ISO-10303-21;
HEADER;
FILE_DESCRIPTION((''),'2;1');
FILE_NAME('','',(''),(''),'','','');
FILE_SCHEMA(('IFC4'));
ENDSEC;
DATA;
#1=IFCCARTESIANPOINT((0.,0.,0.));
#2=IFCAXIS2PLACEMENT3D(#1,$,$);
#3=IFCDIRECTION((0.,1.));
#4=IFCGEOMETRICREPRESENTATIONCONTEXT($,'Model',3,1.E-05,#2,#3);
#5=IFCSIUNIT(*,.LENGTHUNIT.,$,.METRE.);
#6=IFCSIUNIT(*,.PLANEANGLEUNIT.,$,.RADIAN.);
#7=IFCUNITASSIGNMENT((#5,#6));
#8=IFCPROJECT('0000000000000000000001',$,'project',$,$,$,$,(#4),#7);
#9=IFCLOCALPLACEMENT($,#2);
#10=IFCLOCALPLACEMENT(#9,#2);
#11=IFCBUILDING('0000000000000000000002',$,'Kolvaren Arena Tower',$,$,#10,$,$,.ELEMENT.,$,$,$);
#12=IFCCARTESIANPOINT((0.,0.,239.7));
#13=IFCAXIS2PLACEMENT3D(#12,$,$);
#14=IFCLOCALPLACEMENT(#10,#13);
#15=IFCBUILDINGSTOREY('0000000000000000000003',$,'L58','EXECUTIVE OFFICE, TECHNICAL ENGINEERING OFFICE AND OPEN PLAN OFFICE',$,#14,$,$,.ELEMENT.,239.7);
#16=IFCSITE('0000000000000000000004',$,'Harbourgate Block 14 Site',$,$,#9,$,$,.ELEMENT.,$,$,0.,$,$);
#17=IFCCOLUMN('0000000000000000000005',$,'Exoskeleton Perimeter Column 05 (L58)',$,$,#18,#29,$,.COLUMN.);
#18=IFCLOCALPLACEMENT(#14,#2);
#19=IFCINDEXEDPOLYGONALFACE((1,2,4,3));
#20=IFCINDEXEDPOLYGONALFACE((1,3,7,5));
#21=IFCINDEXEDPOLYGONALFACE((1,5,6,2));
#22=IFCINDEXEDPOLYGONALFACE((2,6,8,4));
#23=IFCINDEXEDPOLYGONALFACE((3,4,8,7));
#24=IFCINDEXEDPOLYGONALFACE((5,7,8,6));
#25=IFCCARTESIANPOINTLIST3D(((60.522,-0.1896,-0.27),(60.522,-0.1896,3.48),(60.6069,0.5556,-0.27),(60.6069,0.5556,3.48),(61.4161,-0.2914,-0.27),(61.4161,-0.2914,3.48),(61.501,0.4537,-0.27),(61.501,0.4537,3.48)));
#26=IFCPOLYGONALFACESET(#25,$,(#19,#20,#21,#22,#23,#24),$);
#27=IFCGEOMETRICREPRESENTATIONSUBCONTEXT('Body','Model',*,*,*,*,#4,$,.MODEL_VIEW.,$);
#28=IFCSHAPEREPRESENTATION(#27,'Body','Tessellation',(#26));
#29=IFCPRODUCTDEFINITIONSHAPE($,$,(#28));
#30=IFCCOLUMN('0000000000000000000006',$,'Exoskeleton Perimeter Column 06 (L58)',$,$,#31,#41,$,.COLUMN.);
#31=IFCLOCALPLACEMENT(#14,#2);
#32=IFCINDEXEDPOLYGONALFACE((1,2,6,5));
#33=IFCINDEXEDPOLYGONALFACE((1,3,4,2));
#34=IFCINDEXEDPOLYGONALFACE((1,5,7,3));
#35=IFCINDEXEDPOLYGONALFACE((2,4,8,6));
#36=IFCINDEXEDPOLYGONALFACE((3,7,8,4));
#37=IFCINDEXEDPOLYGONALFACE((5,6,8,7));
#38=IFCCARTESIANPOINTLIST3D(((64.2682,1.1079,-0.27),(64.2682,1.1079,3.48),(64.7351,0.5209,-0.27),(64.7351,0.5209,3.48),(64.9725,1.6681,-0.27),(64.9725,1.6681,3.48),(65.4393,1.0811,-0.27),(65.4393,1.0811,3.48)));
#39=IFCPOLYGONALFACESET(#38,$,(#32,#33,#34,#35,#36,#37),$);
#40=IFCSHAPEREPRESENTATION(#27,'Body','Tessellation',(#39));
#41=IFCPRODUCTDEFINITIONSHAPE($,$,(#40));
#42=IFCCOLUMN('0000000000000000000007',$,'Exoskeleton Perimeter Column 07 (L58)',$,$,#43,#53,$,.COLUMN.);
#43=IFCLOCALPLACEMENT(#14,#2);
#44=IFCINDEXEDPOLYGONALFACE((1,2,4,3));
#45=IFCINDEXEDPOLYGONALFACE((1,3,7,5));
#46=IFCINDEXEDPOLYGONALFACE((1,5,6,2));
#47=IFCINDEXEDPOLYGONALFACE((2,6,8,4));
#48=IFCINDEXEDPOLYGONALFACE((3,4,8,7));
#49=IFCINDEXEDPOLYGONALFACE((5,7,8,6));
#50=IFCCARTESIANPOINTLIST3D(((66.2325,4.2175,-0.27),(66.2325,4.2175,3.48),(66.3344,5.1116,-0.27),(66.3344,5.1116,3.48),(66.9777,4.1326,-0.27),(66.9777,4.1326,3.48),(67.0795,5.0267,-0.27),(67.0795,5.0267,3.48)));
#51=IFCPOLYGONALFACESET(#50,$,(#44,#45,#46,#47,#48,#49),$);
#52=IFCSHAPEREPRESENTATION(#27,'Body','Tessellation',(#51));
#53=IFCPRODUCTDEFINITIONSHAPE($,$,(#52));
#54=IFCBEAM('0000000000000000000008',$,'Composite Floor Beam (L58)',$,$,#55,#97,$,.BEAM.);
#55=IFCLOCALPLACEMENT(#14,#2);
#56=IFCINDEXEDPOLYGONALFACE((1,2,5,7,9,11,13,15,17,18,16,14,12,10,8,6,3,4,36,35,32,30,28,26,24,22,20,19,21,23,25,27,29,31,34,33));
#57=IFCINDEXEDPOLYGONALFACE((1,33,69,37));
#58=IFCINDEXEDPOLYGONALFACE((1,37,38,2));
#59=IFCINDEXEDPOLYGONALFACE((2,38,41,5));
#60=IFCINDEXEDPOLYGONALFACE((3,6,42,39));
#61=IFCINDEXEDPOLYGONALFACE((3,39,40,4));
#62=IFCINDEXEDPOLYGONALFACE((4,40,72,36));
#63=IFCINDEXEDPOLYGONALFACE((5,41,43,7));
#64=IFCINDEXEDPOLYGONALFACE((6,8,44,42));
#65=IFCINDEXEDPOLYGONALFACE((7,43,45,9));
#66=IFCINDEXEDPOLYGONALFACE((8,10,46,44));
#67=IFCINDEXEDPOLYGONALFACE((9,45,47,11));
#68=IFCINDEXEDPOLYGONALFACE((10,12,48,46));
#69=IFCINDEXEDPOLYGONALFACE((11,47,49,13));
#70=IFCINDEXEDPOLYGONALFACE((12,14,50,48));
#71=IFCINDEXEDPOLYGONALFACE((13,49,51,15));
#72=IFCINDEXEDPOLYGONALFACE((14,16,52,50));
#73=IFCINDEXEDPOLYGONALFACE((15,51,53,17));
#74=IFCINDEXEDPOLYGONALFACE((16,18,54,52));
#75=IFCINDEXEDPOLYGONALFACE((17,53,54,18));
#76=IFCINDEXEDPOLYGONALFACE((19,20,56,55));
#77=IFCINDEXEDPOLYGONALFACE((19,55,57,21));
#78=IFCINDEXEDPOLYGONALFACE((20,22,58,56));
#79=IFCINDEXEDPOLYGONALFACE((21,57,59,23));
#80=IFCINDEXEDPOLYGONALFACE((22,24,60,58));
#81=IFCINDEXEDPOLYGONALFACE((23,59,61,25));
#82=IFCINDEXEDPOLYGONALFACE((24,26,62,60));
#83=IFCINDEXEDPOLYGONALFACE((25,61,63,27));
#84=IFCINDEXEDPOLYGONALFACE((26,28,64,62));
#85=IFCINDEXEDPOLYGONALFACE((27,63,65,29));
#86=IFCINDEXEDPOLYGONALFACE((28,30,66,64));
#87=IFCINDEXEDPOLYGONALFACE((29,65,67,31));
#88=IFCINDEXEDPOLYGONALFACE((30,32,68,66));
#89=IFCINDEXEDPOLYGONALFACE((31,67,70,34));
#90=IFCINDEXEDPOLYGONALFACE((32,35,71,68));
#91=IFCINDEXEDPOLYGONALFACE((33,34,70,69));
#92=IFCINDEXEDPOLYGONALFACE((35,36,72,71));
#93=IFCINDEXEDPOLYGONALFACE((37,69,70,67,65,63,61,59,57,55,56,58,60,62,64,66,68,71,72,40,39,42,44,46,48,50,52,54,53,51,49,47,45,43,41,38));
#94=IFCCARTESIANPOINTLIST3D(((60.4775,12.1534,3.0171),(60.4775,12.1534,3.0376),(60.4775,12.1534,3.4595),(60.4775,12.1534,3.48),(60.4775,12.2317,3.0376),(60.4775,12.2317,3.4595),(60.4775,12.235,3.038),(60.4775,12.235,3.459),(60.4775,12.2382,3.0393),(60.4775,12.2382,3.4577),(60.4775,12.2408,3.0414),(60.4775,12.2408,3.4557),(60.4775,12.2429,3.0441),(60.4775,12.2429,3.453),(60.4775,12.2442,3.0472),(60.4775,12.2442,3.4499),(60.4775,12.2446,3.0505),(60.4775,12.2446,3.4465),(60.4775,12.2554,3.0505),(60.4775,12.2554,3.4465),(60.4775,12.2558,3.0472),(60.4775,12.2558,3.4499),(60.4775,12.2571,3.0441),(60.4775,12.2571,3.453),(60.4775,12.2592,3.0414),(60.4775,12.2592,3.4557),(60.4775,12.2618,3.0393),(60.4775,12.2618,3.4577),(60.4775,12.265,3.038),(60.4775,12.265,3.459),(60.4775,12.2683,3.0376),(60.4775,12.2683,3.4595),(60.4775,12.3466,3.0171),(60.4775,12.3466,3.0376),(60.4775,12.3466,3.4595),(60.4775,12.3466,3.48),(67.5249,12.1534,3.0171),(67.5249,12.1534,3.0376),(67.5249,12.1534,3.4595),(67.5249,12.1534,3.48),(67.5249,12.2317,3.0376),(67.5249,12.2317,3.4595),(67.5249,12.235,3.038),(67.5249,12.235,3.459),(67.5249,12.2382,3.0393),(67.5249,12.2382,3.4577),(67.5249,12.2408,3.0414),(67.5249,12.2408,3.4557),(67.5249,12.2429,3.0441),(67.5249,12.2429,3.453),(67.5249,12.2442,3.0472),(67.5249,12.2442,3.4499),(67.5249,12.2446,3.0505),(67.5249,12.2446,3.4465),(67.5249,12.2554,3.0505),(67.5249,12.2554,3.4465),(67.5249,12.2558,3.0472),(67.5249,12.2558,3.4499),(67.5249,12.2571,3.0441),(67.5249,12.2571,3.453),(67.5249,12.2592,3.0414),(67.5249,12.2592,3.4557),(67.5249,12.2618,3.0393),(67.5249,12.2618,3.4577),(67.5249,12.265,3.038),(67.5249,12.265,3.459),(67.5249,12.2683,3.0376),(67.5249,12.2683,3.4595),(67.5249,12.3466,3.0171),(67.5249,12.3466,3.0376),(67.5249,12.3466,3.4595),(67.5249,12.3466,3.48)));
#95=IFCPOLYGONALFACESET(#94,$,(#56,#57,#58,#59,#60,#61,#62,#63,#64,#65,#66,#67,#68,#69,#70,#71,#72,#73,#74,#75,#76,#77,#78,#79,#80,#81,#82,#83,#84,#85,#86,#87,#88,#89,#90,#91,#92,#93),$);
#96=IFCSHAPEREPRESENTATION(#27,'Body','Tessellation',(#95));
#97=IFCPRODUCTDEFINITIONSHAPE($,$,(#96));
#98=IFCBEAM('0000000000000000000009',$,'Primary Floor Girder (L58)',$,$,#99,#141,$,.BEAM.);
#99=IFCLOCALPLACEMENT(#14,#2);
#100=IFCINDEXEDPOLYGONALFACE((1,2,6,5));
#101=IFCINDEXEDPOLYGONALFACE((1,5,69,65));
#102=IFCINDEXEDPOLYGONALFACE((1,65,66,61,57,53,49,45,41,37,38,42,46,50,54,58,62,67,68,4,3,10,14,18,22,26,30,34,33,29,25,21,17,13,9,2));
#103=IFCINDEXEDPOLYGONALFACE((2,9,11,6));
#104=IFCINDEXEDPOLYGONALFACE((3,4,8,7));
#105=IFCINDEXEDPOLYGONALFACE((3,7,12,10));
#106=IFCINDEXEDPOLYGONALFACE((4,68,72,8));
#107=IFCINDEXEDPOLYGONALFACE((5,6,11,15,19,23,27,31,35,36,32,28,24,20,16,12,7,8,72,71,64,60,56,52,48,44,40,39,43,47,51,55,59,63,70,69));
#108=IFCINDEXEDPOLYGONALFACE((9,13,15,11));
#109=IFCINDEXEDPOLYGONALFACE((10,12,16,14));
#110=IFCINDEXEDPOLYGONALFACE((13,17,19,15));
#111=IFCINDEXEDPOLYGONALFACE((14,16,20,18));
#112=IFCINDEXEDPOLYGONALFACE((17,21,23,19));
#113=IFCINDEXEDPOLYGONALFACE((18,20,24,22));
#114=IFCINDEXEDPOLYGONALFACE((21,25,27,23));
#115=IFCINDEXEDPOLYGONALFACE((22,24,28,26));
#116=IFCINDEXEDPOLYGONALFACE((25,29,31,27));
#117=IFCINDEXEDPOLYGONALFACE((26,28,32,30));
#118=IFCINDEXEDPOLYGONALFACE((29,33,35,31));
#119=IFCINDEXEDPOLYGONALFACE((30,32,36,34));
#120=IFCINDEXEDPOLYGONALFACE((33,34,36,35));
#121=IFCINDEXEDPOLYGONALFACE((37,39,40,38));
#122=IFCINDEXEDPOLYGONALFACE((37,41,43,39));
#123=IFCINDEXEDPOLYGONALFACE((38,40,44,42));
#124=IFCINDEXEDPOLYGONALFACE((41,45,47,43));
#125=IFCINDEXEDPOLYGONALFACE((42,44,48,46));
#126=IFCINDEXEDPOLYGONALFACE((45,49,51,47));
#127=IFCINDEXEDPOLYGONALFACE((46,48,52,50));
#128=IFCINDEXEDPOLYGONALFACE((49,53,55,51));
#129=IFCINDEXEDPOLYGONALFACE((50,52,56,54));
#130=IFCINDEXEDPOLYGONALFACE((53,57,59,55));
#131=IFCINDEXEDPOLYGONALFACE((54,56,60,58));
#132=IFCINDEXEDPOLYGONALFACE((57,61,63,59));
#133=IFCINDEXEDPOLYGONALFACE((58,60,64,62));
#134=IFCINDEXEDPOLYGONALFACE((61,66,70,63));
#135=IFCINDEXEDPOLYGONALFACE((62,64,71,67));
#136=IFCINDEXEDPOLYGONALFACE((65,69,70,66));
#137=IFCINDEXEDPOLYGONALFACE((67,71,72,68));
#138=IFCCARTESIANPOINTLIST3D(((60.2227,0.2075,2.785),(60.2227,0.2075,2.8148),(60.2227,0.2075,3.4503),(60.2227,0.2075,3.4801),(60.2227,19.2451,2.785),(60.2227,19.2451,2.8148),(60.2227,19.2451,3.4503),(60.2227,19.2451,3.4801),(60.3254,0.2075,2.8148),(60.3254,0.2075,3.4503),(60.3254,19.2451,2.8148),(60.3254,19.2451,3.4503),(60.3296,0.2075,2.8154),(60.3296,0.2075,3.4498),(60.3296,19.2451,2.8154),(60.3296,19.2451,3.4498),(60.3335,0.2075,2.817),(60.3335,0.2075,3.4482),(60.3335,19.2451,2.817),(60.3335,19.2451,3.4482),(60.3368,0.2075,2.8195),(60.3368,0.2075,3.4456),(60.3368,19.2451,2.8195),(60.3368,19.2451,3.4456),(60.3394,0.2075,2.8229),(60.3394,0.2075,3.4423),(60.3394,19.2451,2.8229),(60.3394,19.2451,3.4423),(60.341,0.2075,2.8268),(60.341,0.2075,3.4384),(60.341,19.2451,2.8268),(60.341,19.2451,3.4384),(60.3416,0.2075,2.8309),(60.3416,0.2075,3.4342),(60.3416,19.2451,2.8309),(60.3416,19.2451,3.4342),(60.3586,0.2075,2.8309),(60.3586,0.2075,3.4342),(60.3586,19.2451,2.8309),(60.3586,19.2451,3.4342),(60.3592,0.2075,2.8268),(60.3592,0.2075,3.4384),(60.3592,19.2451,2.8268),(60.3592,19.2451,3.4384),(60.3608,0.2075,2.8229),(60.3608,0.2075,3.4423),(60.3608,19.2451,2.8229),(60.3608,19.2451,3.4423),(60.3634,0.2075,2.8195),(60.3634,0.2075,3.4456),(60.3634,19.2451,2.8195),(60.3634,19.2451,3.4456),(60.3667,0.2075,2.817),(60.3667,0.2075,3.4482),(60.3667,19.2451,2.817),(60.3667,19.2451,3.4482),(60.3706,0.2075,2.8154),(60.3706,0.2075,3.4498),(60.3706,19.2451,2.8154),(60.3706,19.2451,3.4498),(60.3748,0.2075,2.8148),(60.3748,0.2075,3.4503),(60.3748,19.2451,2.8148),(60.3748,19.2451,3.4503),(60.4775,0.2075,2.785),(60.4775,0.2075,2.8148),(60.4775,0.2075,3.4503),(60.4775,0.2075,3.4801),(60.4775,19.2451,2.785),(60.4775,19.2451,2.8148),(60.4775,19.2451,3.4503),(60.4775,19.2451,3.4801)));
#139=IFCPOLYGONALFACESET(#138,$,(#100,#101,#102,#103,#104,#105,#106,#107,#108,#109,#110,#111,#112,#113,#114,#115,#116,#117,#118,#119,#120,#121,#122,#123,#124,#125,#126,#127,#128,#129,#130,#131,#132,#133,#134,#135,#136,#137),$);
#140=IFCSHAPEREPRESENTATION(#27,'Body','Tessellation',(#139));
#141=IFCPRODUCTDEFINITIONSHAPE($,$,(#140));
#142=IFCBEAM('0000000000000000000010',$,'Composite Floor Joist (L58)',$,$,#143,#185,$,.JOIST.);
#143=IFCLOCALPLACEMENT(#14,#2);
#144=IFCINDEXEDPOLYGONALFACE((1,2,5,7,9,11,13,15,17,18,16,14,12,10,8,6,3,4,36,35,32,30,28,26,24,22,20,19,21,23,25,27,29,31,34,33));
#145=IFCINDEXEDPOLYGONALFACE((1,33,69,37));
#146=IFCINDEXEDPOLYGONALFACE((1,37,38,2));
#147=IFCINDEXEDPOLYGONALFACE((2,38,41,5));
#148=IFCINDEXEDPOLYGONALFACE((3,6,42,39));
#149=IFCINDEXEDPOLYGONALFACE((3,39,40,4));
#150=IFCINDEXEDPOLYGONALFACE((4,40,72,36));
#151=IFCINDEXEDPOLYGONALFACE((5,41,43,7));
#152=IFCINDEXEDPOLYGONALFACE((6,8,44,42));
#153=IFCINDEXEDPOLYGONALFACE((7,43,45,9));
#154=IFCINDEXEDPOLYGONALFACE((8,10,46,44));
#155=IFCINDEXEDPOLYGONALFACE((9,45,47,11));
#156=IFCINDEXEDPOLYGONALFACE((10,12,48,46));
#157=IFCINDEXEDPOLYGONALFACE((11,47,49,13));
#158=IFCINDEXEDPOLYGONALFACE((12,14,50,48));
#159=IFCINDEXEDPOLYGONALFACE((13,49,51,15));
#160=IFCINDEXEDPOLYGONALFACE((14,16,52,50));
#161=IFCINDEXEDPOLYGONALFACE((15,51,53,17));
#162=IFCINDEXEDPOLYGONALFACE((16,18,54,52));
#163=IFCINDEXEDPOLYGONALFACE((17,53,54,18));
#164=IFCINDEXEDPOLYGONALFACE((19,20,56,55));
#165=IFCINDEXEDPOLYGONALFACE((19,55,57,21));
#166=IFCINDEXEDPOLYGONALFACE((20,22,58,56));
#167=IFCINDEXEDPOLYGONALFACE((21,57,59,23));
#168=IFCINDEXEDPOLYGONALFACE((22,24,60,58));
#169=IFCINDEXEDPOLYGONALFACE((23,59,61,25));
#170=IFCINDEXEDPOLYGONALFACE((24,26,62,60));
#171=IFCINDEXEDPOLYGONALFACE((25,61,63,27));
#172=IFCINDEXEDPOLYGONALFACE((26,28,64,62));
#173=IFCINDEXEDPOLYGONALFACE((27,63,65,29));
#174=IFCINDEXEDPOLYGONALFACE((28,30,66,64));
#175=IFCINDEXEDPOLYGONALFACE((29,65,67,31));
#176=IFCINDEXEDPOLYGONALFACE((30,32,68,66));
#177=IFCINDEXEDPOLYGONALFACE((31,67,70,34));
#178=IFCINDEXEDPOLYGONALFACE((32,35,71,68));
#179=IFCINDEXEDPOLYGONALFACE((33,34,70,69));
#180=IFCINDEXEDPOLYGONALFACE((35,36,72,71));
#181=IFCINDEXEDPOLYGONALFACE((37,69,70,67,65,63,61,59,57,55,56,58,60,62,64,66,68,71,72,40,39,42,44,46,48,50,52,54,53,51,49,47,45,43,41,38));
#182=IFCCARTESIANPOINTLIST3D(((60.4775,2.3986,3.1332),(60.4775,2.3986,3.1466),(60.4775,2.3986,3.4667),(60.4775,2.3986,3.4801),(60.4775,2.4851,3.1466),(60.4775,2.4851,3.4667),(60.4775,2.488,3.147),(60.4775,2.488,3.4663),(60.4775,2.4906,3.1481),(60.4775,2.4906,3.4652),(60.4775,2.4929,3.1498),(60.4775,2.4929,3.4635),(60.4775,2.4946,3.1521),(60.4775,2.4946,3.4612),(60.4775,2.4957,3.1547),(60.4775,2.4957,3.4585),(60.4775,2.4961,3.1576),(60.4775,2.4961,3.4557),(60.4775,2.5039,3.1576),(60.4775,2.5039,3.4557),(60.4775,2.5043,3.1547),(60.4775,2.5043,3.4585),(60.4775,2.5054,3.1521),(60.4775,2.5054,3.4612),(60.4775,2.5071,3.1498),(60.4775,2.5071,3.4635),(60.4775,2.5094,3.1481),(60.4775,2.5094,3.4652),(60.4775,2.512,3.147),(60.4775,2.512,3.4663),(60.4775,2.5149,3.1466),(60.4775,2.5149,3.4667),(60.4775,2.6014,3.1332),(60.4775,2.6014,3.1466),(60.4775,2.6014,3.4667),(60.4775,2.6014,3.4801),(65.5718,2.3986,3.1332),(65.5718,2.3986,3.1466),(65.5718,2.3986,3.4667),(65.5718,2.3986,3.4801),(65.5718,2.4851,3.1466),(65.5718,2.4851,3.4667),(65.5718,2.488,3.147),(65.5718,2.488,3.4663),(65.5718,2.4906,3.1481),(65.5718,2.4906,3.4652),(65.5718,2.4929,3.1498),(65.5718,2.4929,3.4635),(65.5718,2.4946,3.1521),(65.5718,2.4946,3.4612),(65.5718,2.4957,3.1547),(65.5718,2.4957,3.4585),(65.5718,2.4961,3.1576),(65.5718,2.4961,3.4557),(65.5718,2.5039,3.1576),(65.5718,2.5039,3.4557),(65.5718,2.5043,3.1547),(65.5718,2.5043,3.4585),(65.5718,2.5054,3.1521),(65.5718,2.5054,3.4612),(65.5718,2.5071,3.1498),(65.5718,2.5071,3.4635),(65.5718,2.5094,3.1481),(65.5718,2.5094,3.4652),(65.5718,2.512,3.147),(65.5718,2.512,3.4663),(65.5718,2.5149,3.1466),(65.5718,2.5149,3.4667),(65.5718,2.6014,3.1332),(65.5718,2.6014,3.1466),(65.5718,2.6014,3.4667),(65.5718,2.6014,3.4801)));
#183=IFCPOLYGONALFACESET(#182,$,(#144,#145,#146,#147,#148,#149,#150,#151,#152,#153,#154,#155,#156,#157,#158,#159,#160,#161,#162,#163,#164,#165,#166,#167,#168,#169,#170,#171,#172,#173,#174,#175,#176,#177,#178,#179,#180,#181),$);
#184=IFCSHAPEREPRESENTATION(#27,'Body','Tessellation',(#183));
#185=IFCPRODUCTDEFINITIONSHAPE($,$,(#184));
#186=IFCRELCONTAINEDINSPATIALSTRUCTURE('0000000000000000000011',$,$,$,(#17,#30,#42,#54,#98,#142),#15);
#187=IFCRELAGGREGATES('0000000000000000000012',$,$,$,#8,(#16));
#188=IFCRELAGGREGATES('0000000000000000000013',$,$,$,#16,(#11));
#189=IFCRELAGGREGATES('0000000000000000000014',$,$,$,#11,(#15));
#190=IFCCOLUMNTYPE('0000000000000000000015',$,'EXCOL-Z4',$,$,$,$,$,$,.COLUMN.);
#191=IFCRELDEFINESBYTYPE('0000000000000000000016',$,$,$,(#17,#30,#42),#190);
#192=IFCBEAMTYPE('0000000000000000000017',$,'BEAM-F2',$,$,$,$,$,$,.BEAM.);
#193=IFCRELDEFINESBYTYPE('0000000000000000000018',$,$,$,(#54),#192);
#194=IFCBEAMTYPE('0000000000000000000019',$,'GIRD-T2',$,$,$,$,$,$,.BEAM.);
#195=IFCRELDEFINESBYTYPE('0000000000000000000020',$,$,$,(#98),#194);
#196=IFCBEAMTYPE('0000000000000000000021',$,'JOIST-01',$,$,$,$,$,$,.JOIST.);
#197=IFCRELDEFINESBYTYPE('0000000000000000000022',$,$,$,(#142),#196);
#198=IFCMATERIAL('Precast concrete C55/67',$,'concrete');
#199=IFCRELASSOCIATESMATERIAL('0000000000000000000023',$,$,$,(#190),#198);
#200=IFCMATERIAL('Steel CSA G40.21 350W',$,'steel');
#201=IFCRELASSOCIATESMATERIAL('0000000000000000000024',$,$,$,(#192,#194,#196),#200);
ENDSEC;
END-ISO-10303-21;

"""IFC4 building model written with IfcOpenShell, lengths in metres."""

from ifc_helpers import new_model, si_unit, direction, frame, origin, origin_2d, place, context, subcontext, project, spatial, rectangle, i_section, extrude, material, material_profile, profile_set, type_object, element, save


model = new_model("IFC4")

# Units and contexts
model_context = context("Model", 3, precision=1e-05, world=origin(), true_north=direction((0.0, 1.0)))
body_context = subcontext(model_context, "Body", "Model", "MODEL_VIEW")
ifc_project = project(units=[si_unit("LENGTHUNIT", "METRE"), si_unit("PLANEANGLEUNIT", "RADIAN")], contexts=[model_context])

# Site, building, storey
site_placement = place(None, origin())
site = spatial("IfcSite", under=ifc_project, at=site_placement, Name="Harbourgate Block 14 Site", CompositionType="ELEMENT", RefElevation=0.0)
building_placement = place(site_placement, origin())
building = spatial("IfcBuilding", under=site, at=building_placement, Name="Kolvaren Arena Tower", CompositionType="ELEMENT")
storey_placement = place(building_placement, frame((0.0, 0.0, 239.7)))
storey = spatial("IfcBuildingStorey", under=building, at=storey_placement, Name="L58", Description="EXECUTIVE OFFICE, TECHNICAL ENGINEERING OFFICE AND OPEN PLAN OFFICE", CompositionType="ELEMENT", Elevation=239.7)

# Columns
ifc_material_1 = material(Name="Precast concrete C55/67", Category="concrete")
ifc_material_profile_1 = material_profile(ifc_material_1, rectangle(XDim=0.8999, YDim=0.75, at=origin_2d()), Name="RC-900x750")
ifc_profile_set_1 = profile_set([ifc_material_profile_1], Name="Precast concrete C55/67")
column_type = type_object("IfcColumnType", Name="EXCOL-Z4", PredefinedType="COLUMN", material=ifc_profile_set_1)
for number, where, z_axis, x_axis, name in (
    (1, (61.0115, 0.1321, -0.27), (0.0, 0.0, 1.0), (0.993572, -0.113203, 0.0), "Exoskeleton Perimeter Column 05 (L58)"),
    (2, (64.8538, 1.0945, -0.27), (0.0, 0.0, 1.0), (0.782608, 0.622515, 0.0), "Exoskeleton Perimeter Column 06 (L58)"),
    (3, (66.656, 4.6221, -0.27), (0.0, 0.0, 1.0), (0.113203, 0.993572, 0.0), "Exoskeleton Perimeter Column 07 (L58)"),
):
    element("IfcColumn", number, at=place(storey_placement, frame(where, z_axis=z_axis, x_axis=x_axis)), inside=storey, type_object=column_type, Name=name, PredefinedType="COLUMN", context=body_context, shape_type="SweptSolid", body=[
        extrude(rectangle(XDim=0.8999, YDim=0.75, at=origin_2d()), origin(), (0.0, 0.0, 1.0), 3.75),
    ])

# Beams
ifc_material_2 = material(Name="Steel CSA G40.21 350W", Category="steel")
ifc_material_profile_2 = material_profile(ifc_material_2, i_section(OverallWidth=0.1931, OverallDepth=0.4629, WebThickness=0.0107, FlangeThickness=0.0205, FilletRadius=0.0129, at=origin_2d()), Name="W460x113")
ifc_profile_set_2 = profile_set([ifc_material_profile_2], Name="Steel CSA G40.21 350W")
beam_type_1 = type_object("IfcBeamType", Name="BEAM-F2", PredefinedType="BEAM", material=ifc_profile_set_2)
beam_1_placement = place(storey_placement, frame((60.4775, 12.25, 3.2485), z_axis=(1.0, 0.0, 0.0), x_axis=(0.0, 1.0, 0.0)))
element("IfcBeam", 4, at=beam_1_placement, inside=storey, type_object=beam_type_1, Name="Composite Floor Beam (L58)", PredefinedType="BEAM", context=body_context, shape_type="SweptSolid", body=[
    extrude(i_section(OverallWidth=0.1931, OverallDepth=0.4629, WebThickness=0.0107, FlangeThickness=0.0205, FilletRadius=0.0129, at=origin_2d()), origin(), (0.0, 0.0, 1.0), 7.0474),
])
ifc_material_profile_3 = material_profile(ifc_material_2, i_section(OverallWidth=0.2549, OverallDepth=0.6951, WebThickness=0.0171, FlangeThickness=0.0298, FilletRadius=0.0161, at=origin_2d()), Name="W690x217")
ifc_profile_set_3 = profile_set([ifc_material_profile_3], Name="Steel CSA G40.21 350W")
beam_type_2 = type_object("IfcBeamType", Name="GIRD-T2", PredefinedType="BEAM", material=ifc_profile_set_3)
beam_2_placement = place(storey_placement, frame((60.3501, 0.2075, 3.1326), z_axis=(0.0, 1.0, 0.0), x_axis=(-1.0, 0.0, 0.0)))
element("IfcBeam", 5, at=beam_2_placement, inside=storey, type_object=beam_type_2, Name="Primary Floor Girder (L58)", PredefinedType="BEAM", context=body_context, shape_type="SweptSolid", body=[
    extrude(i_section(OverallWidth=0.2549, OverallDepth=0.6951, WebThickness=0.0171, FlangeThickness=0.0298, FilletRadius=0.0161, at=origin_2d()), origin(), (0.0, 0.0, 1.0), 19.0376),
])
ifc_material_profile_4 = material_profile(ifc_material_2, i_section(OverallWidth=0.2029, OverallDepth=0.3469, WebThickness=0.0078, FlangeThickness=0.0134, FilletRadius=0.011, at=origin_2d()), Name="W360x64")
ifc_profile_set_4 = profile_set([ifc_material_profile_4], Name="Steel CSA G40.21 350W")
beam_type_3 = type_object("IfcBeamType", Name="JOIST-01", PredefinedType="JOIST", material=ifc_profile_set_4)
beam_3_placement = place(storey_placement, frame((60.4775, 2.5, 3.3066), z_axis=(1.0, 0.0, 0.0), x_axis=(0.0, 1.0, 0.0)))
element("IfcBeam", 6, at=beam_3_placement, inside=storey, type_object=beam_type_3, Name="Composite Floor Joist (L58)", PredefinedType="JOIST", context=body_context, shape_type="SweptSolid", body=[
    extrude(i_section(OverallWidth=0.2029, OverallDepth=0.3469, WebThickness=0.0078, FlangeThickness=0.0134, FilletRadius=0.011, at=origin_2d()), origin(), (0.0, 0.0, 1.0), 5.0942),
])

save(model, "model.ifc")
